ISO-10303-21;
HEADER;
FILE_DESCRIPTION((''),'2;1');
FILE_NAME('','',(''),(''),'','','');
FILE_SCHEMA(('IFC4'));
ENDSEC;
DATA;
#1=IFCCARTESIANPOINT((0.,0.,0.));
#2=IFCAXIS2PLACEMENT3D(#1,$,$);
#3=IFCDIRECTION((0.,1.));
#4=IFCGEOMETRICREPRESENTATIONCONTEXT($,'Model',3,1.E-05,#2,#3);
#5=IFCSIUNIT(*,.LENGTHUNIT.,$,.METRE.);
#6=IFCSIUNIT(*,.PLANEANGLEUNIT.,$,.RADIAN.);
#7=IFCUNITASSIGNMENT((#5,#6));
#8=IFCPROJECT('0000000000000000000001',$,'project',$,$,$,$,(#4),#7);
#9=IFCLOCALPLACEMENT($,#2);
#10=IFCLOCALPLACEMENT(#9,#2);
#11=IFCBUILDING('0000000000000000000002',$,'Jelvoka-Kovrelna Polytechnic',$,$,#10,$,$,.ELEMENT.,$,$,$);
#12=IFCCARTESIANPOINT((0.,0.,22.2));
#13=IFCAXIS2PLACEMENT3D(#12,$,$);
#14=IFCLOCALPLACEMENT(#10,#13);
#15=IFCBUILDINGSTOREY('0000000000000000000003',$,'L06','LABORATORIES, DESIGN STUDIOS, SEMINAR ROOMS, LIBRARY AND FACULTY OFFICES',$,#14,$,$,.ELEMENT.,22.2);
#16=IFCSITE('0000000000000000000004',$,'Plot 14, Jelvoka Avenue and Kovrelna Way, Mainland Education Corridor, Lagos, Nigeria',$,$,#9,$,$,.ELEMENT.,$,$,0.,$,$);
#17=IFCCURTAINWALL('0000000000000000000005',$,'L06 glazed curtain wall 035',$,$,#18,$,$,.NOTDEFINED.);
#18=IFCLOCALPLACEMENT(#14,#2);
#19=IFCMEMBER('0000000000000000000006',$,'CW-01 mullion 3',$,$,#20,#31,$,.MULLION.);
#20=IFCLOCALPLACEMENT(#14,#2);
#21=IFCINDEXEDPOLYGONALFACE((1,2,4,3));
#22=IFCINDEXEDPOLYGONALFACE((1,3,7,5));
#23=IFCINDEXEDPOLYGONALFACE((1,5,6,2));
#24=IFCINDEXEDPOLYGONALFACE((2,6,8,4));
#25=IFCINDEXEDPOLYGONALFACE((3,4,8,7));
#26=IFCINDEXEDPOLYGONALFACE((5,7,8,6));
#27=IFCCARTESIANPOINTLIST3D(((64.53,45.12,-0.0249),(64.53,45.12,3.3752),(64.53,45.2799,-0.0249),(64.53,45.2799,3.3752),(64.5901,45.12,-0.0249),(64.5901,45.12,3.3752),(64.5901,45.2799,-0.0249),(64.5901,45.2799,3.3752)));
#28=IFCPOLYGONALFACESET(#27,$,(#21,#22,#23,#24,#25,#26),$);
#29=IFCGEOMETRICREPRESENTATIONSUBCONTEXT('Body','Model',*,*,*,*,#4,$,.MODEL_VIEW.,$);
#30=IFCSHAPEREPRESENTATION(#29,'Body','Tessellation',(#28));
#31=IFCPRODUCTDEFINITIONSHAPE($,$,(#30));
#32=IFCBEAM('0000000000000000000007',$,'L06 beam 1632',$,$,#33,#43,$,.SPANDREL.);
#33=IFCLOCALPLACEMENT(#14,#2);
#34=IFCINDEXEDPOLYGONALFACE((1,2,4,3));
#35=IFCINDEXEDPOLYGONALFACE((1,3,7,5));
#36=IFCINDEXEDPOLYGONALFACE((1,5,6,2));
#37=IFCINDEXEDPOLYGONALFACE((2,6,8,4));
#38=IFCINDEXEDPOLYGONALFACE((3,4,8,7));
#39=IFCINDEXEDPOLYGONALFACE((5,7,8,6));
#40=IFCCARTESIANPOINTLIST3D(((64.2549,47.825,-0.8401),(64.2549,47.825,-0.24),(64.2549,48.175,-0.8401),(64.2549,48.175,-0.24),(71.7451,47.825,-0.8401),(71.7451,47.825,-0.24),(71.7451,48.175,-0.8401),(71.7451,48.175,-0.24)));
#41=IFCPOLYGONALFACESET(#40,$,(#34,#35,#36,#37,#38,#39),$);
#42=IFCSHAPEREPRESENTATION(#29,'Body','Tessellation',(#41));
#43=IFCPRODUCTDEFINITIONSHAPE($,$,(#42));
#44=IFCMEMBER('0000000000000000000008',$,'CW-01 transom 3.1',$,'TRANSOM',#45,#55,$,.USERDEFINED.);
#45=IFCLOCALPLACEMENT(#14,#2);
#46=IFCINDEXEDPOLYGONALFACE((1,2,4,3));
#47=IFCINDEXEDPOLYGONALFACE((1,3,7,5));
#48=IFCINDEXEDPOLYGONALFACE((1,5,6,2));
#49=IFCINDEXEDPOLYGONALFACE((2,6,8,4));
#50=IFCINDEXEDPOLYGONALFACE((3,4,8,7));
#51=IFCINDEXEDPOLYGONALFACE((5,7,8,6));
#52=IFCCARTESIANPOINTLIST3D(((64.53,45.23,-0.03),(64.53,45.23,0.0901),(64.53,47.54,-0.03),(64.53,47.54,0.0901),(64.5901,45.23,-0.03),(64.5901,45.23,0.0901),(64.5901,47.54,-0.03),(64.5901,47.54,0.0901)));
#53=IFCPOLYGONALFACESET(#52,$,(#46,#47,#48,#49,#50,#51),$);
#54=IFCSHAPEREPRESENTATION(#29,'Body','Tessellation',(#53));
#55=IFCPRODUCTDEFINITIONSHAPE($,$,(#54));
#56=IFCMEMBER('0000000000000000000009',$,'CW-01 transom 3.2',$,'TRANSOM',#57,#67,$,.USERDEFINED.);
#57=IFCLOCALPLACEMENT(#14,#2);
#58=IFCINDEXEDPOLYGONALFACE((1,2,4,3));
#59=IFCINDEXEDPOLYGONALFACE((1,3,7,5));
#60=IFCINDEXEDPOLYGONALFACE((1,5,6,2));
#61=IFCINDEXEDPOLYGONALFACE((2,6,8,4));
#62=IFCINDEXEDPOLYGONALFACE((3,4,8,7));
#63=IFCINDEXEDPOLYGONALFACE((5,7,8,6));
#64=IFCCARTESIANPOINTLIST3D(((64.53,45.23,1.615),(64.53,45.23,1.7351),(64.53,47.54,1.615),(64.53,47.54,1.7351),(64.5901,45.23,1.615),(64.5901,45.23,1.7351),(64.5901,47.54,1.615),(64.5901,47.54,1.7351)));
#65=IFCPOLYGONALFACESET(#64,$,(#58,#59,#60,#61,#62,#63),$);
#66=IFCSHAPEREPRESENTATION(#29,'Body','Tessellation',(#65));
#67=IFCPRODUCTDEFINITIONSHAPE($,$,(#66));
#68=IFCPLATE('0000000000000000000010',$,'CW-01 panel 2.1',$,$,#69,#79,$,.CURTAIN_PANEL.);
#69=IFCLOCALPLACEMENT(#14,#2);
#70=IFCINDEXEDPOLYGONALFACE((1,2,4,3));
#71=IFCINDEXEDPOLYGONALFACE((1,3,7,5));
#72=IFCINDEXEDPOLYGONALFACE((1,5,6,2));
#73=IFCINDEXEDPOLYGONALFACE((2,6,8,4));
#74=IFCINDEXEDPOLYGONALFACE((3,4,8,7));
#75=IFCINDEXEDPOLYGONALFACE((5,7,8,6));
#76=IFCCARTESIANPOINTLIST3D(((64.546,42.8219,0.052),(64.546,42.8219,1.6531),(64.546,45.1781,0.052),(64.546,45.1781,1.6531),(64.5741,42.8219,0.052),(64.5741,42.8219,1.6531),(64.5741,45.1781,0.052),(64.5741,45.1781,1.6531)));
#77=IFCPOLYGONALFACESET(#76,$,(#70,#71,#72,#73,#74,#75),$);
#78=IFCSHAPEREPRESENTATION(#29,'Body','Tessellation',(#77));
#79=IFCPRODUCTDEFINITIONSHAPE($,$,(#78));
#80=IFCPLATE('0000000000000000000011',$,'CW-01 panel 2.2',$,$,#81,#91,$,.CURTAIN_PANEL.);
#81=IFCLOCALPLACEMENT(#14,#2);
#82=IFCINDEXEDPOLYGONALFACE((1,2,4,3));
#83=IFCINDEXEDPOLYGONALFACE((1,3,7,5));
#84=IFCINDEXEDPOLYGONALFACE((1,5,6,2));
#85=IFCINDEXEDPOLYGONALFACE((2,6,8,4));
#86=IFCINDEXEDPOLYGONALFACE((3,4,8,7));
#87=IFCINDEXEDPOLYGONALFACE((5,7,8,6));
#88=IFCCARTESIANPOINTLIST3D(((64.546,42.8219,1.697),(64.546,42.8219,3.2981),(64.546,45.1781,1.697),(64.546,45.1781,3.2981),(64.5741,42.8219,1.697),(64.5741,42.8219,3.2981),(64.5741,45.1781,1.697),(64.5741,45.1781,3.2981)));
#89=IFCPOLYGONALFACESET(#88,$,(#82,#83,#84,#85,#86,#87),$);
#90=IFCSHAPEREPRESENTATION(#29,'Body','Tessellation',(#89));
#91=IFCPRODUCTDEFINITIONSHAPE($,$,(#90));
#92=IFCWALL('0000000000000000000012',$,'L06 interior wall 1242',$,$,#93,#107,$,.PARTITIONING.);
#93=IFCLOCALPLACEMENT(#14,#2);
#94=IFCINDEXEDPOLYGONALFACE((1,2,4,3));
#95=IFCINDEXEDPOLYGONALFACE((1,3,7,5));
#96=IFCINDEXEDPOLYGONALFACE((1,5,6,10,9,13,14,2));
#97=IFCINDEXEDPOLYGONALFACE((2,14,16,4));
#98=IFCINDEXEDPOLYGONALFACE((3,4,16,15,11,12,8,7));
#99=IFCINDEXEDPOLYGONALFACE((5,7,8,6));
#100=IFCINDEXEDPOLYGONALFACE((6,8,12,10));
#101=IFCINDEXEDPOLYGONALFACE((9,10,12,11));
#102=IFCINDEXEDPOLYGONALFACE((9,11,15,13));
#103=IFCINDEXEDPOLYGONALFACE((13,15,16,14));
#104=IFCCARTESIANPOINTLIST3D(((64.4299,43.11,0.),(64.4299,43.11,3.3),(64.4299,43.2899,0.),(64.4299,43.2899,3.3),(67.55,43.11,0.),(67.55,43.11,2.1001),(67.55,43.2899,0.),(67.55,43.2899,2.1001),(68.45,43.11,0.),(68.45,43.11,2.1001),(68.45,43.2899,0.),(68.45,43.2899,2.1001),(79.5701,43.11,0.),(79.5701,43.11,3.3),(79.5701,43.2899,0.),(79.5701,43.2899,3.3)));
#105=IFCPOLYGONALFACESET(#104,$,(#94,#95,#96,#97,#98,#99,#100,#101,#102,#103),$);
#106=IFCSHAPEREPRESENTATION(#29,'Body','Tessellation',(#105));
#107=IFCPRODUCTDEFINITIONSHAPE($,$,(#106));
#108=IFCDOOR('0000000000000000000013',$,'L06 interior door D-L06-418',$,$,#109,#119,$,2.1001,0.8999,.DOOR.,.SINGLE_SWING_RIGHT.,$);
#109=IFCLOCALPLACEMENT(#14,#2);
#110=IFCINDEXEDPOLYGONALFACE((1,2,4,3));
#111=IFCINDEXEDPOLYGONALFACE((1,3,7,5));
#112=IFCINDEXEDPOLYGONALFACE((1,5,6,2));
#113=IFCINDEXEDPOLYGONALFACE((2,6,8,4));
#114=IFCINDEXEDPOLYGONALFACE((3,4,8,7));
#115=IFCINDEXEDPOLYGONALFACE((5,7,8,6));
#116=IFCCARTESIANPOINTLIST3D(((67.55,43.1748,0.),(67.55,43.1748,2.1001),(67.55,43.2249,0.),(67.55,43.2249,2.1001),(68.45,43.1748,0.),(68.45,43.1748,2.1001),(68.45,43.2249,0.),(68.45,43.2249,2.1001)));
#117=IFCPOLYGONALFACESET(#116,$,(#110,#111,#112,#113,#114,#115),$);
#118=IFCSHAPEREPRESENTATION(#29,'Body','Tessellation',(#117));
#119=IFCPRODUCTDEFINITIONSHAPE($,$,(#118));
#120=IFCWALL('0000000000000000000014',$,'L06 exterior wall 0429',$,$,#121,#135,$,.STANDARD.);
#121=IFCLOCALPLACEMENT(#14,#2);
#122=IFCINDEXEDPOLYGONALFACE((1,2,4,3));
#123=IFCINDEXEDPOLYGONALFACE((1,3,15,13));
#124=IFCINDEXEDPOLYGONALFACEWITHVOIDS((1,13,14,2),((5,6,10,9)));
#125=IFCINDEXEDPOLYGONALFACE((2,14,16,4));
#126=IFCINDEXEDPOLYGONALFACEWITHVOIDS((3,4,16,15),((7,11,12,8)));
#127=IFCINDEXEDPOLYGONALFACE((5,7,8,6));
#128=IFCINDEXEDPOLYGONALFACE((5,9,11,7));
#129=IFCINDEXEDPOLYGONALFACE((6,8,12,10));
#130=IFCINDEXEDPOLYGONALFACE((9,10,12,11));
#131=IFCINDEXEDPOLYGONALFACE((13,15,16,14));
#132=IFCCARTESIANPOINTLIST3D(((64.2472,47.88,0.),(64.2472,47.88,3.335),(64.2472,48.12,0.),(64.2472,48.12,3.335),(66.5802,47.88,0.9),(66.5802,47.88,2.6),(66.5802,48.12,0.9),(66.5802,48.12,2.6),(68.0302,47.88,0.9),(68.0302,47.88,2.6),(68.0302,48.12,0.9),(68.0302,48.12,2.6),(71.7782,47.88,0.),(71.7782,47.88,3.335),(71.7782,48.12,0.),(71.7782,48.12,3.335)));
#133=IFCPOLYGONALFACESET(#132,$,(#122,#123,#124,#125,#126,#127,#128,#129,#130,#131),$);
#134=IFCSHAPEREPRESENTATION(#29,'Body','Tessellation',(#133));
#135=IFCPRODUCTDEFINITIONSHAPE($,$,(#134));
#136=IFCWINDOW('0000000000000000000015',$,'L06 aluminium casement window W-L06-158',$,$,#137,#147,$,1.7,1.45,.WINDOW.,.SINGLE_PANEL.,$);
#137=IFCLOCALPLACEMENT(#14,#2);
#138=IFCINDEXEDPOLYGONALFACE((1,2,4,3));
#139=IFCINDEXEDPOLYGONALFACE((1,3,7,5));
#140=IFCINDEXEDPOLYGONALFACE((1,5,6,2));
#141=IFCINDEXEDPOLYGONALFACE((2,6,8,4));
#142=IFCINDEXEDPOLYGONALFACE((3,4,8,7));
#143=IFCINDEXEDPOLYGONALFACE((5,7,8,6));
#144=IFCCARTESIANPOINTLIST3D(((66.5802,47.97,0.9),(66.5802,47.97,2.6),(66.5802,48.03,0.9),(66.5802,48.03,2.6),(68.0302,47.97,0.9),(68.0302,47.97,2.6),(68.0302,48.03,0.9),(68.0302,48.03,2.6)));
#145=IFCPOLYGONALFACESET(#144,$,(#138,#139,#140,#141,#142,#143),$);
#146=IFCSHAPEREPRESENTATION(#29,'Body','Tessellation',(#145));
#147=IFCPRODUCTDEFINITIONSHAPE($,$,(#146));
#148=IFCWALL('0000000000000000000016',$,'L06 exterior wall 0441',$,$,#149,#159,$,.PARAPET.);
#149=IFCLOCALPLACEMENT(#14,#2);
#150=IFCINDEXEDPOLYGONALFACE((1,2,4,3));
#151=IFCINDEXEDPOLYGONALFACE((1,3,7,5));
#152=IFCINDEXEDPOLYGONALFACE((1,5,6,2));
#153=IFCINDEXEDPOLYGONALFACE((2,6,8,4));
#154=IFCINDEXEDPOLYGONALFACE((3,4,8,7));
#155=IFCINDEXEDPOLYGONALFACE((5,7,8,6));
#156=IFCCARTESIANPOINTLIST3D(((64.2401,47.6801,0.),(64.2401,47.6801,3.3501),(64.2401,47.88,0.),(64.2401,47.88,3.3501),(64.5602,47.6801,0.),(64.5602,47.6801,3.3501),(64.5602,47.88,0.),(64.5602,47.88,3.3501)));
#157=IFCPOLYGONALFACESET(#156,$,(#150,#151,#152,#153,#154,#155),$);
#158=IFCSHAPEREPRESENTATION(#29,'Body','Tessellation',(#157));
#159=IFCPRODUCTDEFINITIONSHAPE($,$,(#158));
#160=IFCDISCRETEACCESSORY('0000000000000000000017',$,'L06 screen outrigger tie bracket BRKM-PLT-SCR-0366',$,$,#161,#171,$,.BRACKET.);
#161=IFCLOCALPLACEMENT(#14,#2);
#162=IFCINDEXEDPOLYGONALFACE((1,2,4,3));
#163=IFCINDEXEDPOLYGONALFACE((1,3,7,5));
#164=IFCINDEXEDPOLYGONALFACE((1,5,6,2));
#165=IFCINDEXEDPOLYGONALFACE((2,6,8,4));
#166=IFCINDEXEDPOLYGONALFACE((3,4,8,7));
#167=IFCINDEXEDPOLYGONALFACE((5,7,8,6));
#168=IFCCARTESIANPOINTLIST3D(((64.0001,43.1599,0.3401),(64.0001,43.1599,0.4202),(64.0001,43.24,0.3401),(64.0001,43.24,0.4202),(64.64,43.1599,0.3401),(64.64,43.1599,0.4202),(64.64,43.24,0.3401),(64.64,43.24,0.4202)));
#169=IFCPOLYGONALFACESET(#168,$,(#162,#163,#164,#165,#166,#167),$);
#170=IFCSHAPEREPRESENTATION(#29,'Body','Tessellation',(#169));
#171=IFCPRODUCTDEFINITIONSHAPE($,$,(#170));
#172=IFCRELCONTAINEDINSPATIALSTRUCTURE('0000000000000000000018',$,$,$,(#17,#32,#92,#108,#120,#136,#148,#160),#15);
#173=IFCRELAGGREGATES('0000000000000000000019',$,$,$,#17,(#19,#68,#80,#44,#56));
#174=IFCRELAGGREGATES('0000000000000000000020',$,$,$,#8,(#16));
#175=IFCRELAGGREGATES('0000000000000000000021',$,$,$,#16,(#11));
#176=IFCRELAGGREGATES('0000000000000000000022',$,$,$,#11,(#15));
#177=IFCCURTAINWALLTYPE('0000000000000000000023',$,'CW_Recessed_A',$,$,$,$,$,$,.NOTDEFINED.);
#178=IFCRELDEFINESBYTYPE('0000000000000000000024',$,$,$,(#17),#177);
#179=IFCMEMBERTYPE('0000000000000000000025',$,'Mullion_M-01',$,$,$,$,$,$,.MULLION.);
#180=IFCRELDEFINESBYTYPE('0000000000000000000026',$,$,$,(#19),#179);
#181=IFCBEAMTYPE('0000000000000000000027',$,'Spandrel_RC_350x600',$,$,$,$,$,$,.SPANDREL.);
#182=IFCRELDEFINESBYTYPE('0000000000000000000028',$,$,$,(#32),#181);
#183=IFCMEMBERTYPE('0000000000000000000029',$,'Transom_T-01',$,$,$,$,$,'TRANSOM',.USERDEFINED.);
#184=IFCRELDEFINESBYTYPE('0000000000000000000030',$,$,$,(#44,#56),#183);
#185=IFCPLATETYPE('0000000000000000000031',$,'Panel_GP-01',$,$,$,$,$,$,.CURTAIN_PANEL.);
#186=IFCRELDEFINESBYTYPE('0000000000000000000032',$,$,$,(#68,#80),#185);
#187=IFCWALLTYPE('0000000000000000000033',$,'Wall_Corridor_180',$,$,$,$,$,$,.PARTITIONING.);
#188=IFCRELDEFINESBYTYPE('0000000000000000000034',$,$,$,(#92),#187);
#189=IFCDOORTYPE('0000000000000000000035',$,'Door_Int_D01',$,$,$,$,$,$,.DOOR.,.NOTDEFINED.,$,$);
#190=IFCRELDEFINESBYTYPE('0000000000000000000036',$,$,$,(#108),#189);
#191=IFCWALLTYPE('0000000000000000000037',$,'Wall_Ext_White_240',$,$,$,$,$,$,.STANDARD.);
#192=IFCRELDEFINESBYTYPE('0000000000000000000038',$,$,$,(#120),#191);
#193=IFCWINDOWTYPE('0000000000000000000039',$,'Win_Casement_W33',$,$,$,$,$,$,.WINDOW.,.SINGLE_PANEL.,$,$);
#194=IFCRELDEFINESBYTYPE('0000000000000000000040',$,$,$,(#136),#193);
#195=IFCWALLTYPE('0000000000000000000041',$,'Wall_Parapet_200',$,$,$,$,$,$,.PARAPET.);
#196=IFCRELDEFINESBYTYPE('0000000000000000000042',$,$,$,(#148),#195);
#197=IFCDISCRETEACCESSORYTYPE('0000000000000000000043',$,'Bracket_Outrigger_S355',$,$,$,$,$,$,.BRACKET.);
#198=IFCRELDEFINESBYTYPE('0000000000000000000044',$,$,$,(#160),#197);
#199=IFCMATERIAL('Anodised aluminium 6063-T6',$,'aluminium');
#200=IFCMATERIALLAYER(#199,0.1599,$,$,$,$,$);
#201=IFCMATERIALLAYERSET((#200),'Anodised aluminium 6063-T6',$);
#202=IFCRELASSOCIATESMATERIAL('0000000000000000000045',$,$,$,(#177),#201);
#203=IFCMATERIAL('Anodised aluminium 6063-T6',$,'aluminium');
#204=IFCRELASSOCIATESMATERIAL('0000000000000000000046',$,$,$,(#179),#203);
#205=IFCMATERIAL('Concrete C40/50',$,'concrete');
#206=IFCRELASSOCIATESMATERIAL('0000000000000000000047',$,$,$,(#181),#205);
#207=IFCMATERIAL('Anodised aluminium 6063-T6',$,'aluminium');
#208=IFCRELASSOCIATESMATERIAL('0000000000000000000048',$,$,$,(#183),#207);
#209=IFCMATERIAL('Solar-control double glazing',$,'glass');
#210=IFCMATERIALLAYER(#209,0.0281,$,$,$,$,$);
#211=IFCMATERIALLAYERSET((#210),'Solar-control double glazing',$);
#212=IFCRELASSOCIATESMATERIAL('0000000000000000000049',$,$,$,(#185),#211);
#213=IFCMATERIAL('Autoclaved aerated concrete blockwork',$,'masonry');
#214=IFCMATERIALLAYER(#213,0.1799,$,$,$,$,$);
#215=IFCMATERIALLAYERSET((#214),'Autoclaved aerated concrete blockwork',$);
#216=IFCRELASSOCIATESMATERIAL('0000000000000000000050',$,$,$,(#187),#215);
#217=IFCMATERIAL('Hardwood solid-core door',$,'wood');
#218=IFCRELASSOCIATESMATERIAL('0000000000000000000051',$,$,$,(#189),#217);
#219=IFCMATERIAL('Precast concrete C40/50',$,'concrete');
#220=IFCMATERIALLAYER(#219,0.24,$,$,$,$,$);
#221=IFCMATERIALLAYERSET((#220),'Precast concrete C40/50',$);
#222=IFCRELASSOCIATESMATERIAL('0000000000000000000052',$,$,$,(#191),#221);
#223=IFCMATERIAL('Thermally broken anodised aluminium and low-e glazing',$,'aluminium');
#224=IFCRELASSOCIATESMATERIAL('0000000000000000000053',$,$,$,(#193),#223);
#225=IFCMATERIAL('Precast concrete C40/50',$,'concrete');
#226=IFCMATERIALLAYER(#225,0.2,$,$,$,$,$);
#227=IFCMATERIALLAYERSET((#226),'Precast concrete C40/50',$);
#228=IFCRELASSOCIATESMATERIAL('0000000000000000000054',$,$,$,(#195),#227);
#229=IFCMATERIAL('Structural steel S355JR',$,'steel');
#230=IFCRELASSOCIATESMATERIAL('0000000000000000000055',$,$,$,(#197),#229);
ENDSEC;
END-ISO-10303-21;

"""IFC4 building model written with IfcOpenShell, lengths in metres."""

from ifc_helpers import new_model, si_unit, direction, frame, frame_2d, origin, origin_2d, place, context, subcontext, project, spatial, rectangle, extrude, material, layer, layer_set, material_profile, profile_set, type_object, element, fill, aggregate, save


model = new_model("IFC4")

# Units and contexts
model_context = context("Model", 3, precision=1e-05, world=origin(), true_north=direction((0.0, 1.0)))
body_context = subcontext(model_context, "Body", "Model", "MODEL_VIEW")
ifc_project = project(units=[si_unit("LENGTHUNIT", "METRE"), si_unit("PLANEANGLEUNIT", "RADIAN")], contexts=[model_context])

# Site, building, storey
site_placement = place(None, origin())
site = spatial("IfcSite", under=ifc_project, at=site_placement, Name="Plot 14, Jelvoka Avenue and Kovrelna Way, Mainland Education Corridor, Lagos, Nigeria", CompositionType="ELEMENT", RefElevation=0.0)
building_placement = place(site_placement, origin())
building = spatial("IfcBuilding", under=site, at=building_placement, Name="Jelvoka-Kovrelna Polytechnic", CompositionType="ELEMENT")
storey_placement = place(building_placement, frame((0.0, 0.0, 22.2)))
storey = spatial("IfcBuildingStorey", under=building, at=storey_placement, Name="L06", Description="LABORATORIES, DESIGN STUDIOS, SEMINAR ROOMS, LIBRARY AND FACULTY OFFICES", CompositionType="ELEMENT", Elevation=22.2)

# Curtain wall, member
ifc_material_1 = material(Name="Anodised aluminium 6063-T6", Category="aluminium")
ifc_layer_1 = layer(ifc_material_1, 0.1599)
ifc_layer_set_1 = layer_set([ifc_layer_1], Name="Anodised aluminium 6063-T6")
curtain_wall_type = type_object("IfcCurtainWallType", Name="CW_Recessed_A", PredefinedType="NOTDEFINED", material=ifc_layer_set_1)
curtain_wall_placement = place(storey_placement, origin())
curtain_wall = element("IfcCurtainWall", 1, at=curtain_wall_placement, inside=storey, type_object=curtain_wall_type, Name="L06 glazed curtain wall 035", PredefinedType="NOTDEFINED")
ifc_material_2 = material(Name="Anodised aluminium 6063-T6", Category="aluminium")
ifc_material_profile_1 = material_profile(ifc_material_2, rectangle(XDim=0.0601, YDim=0.1599, at=origin_2d()), Name="ALU 60x160")
ifc_profile_set_1 = profile_set([ifc_material_profile_1], Name="Anodised aluminium 6063-T6")
member_type_1 = type_object("IfcMemberType", Name="Mullion_M-01", PredefinedType="MULLION", material=ifc_profile_set_1)
member_1_placement = place(storey_placement, frame((64.5601, 45.2, -0.0249), z_axis=(0.0, 0.0, 1.0), x_axis=(-1.0, 0.0, 0.0)))
member_1 = element("IfcMember", 2, at=member_1_placement, type_object=member_type_1, Name="CW-01 mullion 3", PredefinedType="MULLION", context=body_context, shape_type="SweptSolid", body=[
    extrude(rectangle(XDim=0.0601, YDim=0.1599, at=origin_2d()), origin(), (0.0, 0.0, 1.0), 3.4001),
])

# Beam
ifc_material_3 = material(Name="Concrete C40/50", Category="concrete")
ifc_material_profile_2 = material_profile(ifc_material_3, rectangle(XDim=0.3501, YDim=0.6001, at=origin_2d()), Name="RC 350x600")
ifc_profile_set_2 = profile_set([ifc_material_profile_2], Name="Concrete C40/50")
beam_type = type_object("IfcBeamType", Name="Spandrel_RC_350x600", PredefinedType="SPANDREL", material=ifc_profile_set_2)
beam_placement = place(storey_placement, frame((64.2549, 48.0, -0.54), z_axis=(1.0, 0.0, 0.0), x_axis=(0.0, 1.0, 0.0)))
element("IfcBeam", 3, at=beam_placement, inside=storey, type_object=beam_type, Name="L06 beam 1632", PredefinedType="SPANDREL", context=body_context, shape_type="SweptSolid", body=[
    extrude(rectangle(XDim=0.3501, YDim=0.6001, at=origin_2d()), origin(), (0.0, 0.0, 1.0), 7.4902),
])

# Members
ifc_material_4 = material(Name="Anodised aluminium 6063-T6", Category="aluminium")
ifc_material_profile_3 = material_profile(ifc_material_4, rectangle(XDim=0.0601, YDim=0.1201, at=origin_2d()), Name="ALU 60x120")
ifc_profile_set_3 = profile_set([ifc_material_profile_3], Name="Anodised aluminium 6063-T6")
member_type_2 = type_object("IfcMemberType", Name="Transom_T-01", ElementType="TRANSOM", PredefinedType="USERDEFINED", material=ifc_profile_set_3)
member_2_placement = place(storey_placement, frame((64.5601, 45.23, 0.03), z_axis=(0.0, 1.0, 0.0), x_axis=(-1.0, 0.0, 0.0)))
member_2 = element("IfcMember", 4, at=member_2_placement, type_object=member_type_2, Name="CW-01 transom 3.1", ObjectType="TRANSOM", PredefinedType="USERDEFINED", context=body_context, shape_type="SweptSolid", body=[
    extrude(rectangle(XDim=0.0601, YDim=0.1201, at=origin_2d()), origin(), (0.0, 0.0, 1.0), 2.3101),
])
member_3_placement = place(storey_placement, frame((64.5601, 45.23, 1.675), z_axis=(0.0, 1.0, 0.0), x_axis=(-1.0, 0.0, 0.0)))
member_3 = element("IfcMember", 5, at=member_3_placement, type_object=member_type_2, Name="CW-01 transom 3.2", ObjectType="TRANSOM", PredefinedType="USERDEFINED", context=body_context, shape_type="SweptSolid", body=[
    extrude(rectangle(XDim=0.0601, YDim=0.1201, at=origin_2d()), origin(), (0.0, 0.0, 1.0), 2.3101),
])

# Plates
ifc_material_5 = material(Name="Solar-control double glazing", Category="glass")
ifc_layer_2 = layer(ifc_material_5, 0.0281)
ifc_layer_set_2 = layer_set([ifc_layer_2], Name="Solar-control double glazing")
plate_type = type_object("IfcPlateType", Name="Panel_GP-01", PredefinedType="CURTAIN_PANEL", material=ifc_layer_set_2)
plate_1_placement = place(storey_placement, frame((64.5601, 44.0, 0.052), z_axis=(0.0, 0.0, 1.0), x_axis=(0.0, 1.0, 0.0)))
plate_1 = element("IfcPlate", 6, at=plate_1_placement, type_object=plate_type, Name="CW-01 panel 2.1", PredefinedType="CURTAIN_PANEL", context=body_context, shape_type="SweptSolid", body=[
    extrude(rectangle(XDim=2.3562, YDim=0.0281, at=origin_2d()), origin(), (0.0, 0.0, 1.0), 1.6011),
])
plate_2_placement = place(storey_placement, frame((64.5601, 44.0, 1.697), z_axis=(0.0, 0.0, 1.0), x_axis=(0.0, 1.0, 0.0)))
plate_2 = element("IfcPlate", 7, at=plate_2_placement, type_object=plate_type, Name="CW-01 panel 2.2", PredefinedType="CURTAIN_PANEL", context=body_context, shape_type="SweptSolid", body=[
    extrude(rectangle(XDim=2.3562, YDim=0.0281, at=origin_2d()), origin(), (0.0, 0.0, 1.0), 1.6011),
])
aggregate(curtain_wall, [member_1, plate_1, plate_2, member_2, member_3])

# Wall, opening, door
ifc_material_6 = material(Name="Autoclaved aerated concrete blockwork", Category="masonry")
ifc_layer_3 = layer(ifc_material_6, 0.1799)
ifc_layer_set_3 = layer_set([ifc_layer_3], Name="Autoclaved aerated concrete blockwork")
wall_type_1 = type_object("IfcWallType", Name="Wall_Corridor_180", PredefinedType="PARTITIONING", material=ifc_layer_set_3)
wall_1_placement = place(storey_placement, frame((64.4299, 43.2, 0.0), z_axis=(0.0, 0.0, 1.0), x_axis=(1.0, 0.0, 0.0)))
wall_1 = element("IfcWall", 8, at=wall_1_placement, inside=storey, type_object=wall_type_1, Name="L06 interior wall 1242", PredefinedType="PARTITIONING", context=body_context, shape_type="SweptSolid", body=[
    extrude(rectangle(XDim=15.1401, YDim=0.1799, at=frame_2d((7.5701, 0.0))), origin(), (0.0, 0.0, 1.0), 3.3),
])
opening_1_placement = place(wall_1_placement, frame((3.1201, 0.0, 0.0)))
opening_1 = element("IfcOpeningElement", 9, at=opening_1_placement, cuts=wall_1, PredefinedType="OPENING", context=body_context, shape_type="SweptSolid", body=[
    extrude(rectangle(XDim=0.8999, YDim=2.1001, at=frame_2d((0.45, 1.05))), frame((0.0, 0.0999, 0.0), z_axis=(0.0, -1.0, 0.0), x_axis=(1.0, 0.0, 0.0)), (0.0, 0.0, 1.0), 0.2),
])
ifc_material_7 = material(Name="Hardwood solid-core door", Category="wood")
door_type = type_object("IfcDoorType", Name="Door_Int_D01", OperationType="NOTDEFINED", PredefinedType="DOOR", material=ifc_material_7)
door_placement = place(opening_1_placement, origin())
door = element("IfcDoor", 10, at=door_placement, inside=storey, type_object=door_type, Name="L06 interior door D-L06-418", OperationType="SINGLE_SWING_RIGHT", OverallHeight=2.1001, OverallWidth=0.8999, PredefinedType="DOOR", context=body_context, shape_type="SweptSolid", body=[
    extrude(rectangle(XDim=0.8999, YDim=2.1001, at=frame_2d((0.45, 1.05))), frame((0.0, 0.0249, 0.0), z_axis=(0.0, -1.0, 0.0), x_axis=(1.0, 0.0, 0.0)), (0.0, 0.0, 1.0), 0.05),
])
fill(opening_1, door)

# Wall, opening, window
ifc_material_8 = material(Name="Precast concrete C40/50", Category="concrete")
ifc_layer_4 = layer(ifc_material_8, 0.24)
ifc_layer_set_4 = layer_set([ifc_layer_4], Name="Precast concrete C40/50")
wall_type_2 = type_object("IfcWallType", Name="Wall_Ext_White_240", PredefinedType="STANDARD", material=ifc_layer_set_4)
wall_2_placement = place(storey_placement, frame((64.2471, 48.0, 0.0), z_axis=(0.0, 0.0, 1.0), x_axis=(1.0, 0.0, 0.0)))
wall_2 = element("IfcWall", 11, at=wall_2_placement, inside=storey, type_object=wall_type_2, Name="L06 exterior wall 0429", PredefinedType="STANDARD", context=body_context, shape_type="SweptSolid", body=[
    extrude(rectangle(XDim=7.531, YDim=0.24, at=frame_2d((3.7656, 0.0))), origin(), (0.0, 0.0, 1.0), 3.335),
])
opening_2_placement = place(wall_2_placement, frame((2.333, 0.0, 0.8999)))
opening_2 = element("IfcOpeningElement", 12, at=opening_2_placement, cuts=wall_2, PredefinedType="OPENING", context=body_context, shape_type="SweptSolid", body=[
    extrude(rectangle(XDim=1.45, YDim=1.7, at=frame_2d((0.7251, 0.8501))), frame((0.0, 0.1301, 0.0), z_axis=(0.0, -1.0, 0.0), x_axis=(1.0, 0.0, 0.0)), (0.0, 0.0, 1.0), 0.26),
])
ifc_material_9 = material(Name="Thermally broken anodised aluminium and low-e glazing", Category="aluminium")
window_type = type_object("IfcWindowType", Name="Win_Casement_W33", PartitioningType="SINGLE_PANEL", PredefinedType="WINDOW", material=ifc_material_9)
window_placement = place(opening_2_placement, origin())
window = element("IfcWindow", 13, at=window_placement, inside=storey, type_object=window_type, Name="L06 aluminium casement window W-L06-158", OverallHeight=1.7, OverallWidth=1.45, PartitioningType="SINGLE_PANEL", PredefinedType="WINDOW", context=body_context, shape_type="SweptSolid", body=[
    extrude(rectangle(XDim=1.45, YDim=1.7, at=frame_2d((0.7251, 0.8501))), frame((0.0, 0.03, 0.0), z_axis=(0.0, -1.0, 0.0), x_axis=(1.0, 0.0, 0.0)), (0.0, 0.0, 1.0), 0.0601),
])
fill(opening_2, window)

# Wall
ifc_material_10 = material(Name="Precast concrete C40/50", Category="concrete")
ifc_layer_5 = layer(ifc_material_10, 0.2)
ifc_layer_set_5 = layer_set([ifc_layer_5], Name="Precast concrete C40/50")
wall_type_3 = type_object("IfcWallType", Name="Wall_Parapet_200", PredefinedType="PARAPET", material=ifc_layer_set_5)
wall_3_placement = place(storey_placement, frame((64.24, 47.78, 0.0), z_axis=(0.0, 0.0, 1.0), x_axis=(1.0, 0.0, 0.0)))
element("IfcWall", 14, at=wall_3_placement, inside=storey, type_object=wall_type_3, Name="L06 exterior wall 0441", PredefinedType="PARAPET", context=body_context, shape_type="SweptSolid", body=[
    extrude(rectangle(XDim=0.3201, YDim=0.2, at=frame_2d((0.1602, 0.0))), origin(), (0.0, 0.0, 1.0), 3.3501),
])

# Discrete accessory
ifc_material_11 = material(Name="Structural steel S355JR", Category="steel")
discrete_accessory_type = type_object("IfcDiscreteAccessoryType", Name="Bracket_Outrigger_S355", PredefinedType="BRACKET", material=ifc_material_11)
discrete_accessory_1_placement = place(storey_placement, frame((64.3201, 43.2, 0.3401), z_axis=(0.0, 0.0, 1.0), x_axis=(1.0, 0.0, 0.0)))
element("IfcDiscreteAccessory", 15, at=discrete_accessory_1_placement, inside=storey, type_object=discrete_accessory_type, Name="L06 screen outrigger tie bracket BRKM-PLT-SCR-0366", PredefinedType="BRACKET", context=body_context, shape_type="SweptSolid", body=[
    extrude(rectangle(XDim=0.6399, YDim=0.0801, at=origin_2d()), origin(), (0.0, 0.0, 1.0), 0.0801),
])

save(model, "model.ifc")
